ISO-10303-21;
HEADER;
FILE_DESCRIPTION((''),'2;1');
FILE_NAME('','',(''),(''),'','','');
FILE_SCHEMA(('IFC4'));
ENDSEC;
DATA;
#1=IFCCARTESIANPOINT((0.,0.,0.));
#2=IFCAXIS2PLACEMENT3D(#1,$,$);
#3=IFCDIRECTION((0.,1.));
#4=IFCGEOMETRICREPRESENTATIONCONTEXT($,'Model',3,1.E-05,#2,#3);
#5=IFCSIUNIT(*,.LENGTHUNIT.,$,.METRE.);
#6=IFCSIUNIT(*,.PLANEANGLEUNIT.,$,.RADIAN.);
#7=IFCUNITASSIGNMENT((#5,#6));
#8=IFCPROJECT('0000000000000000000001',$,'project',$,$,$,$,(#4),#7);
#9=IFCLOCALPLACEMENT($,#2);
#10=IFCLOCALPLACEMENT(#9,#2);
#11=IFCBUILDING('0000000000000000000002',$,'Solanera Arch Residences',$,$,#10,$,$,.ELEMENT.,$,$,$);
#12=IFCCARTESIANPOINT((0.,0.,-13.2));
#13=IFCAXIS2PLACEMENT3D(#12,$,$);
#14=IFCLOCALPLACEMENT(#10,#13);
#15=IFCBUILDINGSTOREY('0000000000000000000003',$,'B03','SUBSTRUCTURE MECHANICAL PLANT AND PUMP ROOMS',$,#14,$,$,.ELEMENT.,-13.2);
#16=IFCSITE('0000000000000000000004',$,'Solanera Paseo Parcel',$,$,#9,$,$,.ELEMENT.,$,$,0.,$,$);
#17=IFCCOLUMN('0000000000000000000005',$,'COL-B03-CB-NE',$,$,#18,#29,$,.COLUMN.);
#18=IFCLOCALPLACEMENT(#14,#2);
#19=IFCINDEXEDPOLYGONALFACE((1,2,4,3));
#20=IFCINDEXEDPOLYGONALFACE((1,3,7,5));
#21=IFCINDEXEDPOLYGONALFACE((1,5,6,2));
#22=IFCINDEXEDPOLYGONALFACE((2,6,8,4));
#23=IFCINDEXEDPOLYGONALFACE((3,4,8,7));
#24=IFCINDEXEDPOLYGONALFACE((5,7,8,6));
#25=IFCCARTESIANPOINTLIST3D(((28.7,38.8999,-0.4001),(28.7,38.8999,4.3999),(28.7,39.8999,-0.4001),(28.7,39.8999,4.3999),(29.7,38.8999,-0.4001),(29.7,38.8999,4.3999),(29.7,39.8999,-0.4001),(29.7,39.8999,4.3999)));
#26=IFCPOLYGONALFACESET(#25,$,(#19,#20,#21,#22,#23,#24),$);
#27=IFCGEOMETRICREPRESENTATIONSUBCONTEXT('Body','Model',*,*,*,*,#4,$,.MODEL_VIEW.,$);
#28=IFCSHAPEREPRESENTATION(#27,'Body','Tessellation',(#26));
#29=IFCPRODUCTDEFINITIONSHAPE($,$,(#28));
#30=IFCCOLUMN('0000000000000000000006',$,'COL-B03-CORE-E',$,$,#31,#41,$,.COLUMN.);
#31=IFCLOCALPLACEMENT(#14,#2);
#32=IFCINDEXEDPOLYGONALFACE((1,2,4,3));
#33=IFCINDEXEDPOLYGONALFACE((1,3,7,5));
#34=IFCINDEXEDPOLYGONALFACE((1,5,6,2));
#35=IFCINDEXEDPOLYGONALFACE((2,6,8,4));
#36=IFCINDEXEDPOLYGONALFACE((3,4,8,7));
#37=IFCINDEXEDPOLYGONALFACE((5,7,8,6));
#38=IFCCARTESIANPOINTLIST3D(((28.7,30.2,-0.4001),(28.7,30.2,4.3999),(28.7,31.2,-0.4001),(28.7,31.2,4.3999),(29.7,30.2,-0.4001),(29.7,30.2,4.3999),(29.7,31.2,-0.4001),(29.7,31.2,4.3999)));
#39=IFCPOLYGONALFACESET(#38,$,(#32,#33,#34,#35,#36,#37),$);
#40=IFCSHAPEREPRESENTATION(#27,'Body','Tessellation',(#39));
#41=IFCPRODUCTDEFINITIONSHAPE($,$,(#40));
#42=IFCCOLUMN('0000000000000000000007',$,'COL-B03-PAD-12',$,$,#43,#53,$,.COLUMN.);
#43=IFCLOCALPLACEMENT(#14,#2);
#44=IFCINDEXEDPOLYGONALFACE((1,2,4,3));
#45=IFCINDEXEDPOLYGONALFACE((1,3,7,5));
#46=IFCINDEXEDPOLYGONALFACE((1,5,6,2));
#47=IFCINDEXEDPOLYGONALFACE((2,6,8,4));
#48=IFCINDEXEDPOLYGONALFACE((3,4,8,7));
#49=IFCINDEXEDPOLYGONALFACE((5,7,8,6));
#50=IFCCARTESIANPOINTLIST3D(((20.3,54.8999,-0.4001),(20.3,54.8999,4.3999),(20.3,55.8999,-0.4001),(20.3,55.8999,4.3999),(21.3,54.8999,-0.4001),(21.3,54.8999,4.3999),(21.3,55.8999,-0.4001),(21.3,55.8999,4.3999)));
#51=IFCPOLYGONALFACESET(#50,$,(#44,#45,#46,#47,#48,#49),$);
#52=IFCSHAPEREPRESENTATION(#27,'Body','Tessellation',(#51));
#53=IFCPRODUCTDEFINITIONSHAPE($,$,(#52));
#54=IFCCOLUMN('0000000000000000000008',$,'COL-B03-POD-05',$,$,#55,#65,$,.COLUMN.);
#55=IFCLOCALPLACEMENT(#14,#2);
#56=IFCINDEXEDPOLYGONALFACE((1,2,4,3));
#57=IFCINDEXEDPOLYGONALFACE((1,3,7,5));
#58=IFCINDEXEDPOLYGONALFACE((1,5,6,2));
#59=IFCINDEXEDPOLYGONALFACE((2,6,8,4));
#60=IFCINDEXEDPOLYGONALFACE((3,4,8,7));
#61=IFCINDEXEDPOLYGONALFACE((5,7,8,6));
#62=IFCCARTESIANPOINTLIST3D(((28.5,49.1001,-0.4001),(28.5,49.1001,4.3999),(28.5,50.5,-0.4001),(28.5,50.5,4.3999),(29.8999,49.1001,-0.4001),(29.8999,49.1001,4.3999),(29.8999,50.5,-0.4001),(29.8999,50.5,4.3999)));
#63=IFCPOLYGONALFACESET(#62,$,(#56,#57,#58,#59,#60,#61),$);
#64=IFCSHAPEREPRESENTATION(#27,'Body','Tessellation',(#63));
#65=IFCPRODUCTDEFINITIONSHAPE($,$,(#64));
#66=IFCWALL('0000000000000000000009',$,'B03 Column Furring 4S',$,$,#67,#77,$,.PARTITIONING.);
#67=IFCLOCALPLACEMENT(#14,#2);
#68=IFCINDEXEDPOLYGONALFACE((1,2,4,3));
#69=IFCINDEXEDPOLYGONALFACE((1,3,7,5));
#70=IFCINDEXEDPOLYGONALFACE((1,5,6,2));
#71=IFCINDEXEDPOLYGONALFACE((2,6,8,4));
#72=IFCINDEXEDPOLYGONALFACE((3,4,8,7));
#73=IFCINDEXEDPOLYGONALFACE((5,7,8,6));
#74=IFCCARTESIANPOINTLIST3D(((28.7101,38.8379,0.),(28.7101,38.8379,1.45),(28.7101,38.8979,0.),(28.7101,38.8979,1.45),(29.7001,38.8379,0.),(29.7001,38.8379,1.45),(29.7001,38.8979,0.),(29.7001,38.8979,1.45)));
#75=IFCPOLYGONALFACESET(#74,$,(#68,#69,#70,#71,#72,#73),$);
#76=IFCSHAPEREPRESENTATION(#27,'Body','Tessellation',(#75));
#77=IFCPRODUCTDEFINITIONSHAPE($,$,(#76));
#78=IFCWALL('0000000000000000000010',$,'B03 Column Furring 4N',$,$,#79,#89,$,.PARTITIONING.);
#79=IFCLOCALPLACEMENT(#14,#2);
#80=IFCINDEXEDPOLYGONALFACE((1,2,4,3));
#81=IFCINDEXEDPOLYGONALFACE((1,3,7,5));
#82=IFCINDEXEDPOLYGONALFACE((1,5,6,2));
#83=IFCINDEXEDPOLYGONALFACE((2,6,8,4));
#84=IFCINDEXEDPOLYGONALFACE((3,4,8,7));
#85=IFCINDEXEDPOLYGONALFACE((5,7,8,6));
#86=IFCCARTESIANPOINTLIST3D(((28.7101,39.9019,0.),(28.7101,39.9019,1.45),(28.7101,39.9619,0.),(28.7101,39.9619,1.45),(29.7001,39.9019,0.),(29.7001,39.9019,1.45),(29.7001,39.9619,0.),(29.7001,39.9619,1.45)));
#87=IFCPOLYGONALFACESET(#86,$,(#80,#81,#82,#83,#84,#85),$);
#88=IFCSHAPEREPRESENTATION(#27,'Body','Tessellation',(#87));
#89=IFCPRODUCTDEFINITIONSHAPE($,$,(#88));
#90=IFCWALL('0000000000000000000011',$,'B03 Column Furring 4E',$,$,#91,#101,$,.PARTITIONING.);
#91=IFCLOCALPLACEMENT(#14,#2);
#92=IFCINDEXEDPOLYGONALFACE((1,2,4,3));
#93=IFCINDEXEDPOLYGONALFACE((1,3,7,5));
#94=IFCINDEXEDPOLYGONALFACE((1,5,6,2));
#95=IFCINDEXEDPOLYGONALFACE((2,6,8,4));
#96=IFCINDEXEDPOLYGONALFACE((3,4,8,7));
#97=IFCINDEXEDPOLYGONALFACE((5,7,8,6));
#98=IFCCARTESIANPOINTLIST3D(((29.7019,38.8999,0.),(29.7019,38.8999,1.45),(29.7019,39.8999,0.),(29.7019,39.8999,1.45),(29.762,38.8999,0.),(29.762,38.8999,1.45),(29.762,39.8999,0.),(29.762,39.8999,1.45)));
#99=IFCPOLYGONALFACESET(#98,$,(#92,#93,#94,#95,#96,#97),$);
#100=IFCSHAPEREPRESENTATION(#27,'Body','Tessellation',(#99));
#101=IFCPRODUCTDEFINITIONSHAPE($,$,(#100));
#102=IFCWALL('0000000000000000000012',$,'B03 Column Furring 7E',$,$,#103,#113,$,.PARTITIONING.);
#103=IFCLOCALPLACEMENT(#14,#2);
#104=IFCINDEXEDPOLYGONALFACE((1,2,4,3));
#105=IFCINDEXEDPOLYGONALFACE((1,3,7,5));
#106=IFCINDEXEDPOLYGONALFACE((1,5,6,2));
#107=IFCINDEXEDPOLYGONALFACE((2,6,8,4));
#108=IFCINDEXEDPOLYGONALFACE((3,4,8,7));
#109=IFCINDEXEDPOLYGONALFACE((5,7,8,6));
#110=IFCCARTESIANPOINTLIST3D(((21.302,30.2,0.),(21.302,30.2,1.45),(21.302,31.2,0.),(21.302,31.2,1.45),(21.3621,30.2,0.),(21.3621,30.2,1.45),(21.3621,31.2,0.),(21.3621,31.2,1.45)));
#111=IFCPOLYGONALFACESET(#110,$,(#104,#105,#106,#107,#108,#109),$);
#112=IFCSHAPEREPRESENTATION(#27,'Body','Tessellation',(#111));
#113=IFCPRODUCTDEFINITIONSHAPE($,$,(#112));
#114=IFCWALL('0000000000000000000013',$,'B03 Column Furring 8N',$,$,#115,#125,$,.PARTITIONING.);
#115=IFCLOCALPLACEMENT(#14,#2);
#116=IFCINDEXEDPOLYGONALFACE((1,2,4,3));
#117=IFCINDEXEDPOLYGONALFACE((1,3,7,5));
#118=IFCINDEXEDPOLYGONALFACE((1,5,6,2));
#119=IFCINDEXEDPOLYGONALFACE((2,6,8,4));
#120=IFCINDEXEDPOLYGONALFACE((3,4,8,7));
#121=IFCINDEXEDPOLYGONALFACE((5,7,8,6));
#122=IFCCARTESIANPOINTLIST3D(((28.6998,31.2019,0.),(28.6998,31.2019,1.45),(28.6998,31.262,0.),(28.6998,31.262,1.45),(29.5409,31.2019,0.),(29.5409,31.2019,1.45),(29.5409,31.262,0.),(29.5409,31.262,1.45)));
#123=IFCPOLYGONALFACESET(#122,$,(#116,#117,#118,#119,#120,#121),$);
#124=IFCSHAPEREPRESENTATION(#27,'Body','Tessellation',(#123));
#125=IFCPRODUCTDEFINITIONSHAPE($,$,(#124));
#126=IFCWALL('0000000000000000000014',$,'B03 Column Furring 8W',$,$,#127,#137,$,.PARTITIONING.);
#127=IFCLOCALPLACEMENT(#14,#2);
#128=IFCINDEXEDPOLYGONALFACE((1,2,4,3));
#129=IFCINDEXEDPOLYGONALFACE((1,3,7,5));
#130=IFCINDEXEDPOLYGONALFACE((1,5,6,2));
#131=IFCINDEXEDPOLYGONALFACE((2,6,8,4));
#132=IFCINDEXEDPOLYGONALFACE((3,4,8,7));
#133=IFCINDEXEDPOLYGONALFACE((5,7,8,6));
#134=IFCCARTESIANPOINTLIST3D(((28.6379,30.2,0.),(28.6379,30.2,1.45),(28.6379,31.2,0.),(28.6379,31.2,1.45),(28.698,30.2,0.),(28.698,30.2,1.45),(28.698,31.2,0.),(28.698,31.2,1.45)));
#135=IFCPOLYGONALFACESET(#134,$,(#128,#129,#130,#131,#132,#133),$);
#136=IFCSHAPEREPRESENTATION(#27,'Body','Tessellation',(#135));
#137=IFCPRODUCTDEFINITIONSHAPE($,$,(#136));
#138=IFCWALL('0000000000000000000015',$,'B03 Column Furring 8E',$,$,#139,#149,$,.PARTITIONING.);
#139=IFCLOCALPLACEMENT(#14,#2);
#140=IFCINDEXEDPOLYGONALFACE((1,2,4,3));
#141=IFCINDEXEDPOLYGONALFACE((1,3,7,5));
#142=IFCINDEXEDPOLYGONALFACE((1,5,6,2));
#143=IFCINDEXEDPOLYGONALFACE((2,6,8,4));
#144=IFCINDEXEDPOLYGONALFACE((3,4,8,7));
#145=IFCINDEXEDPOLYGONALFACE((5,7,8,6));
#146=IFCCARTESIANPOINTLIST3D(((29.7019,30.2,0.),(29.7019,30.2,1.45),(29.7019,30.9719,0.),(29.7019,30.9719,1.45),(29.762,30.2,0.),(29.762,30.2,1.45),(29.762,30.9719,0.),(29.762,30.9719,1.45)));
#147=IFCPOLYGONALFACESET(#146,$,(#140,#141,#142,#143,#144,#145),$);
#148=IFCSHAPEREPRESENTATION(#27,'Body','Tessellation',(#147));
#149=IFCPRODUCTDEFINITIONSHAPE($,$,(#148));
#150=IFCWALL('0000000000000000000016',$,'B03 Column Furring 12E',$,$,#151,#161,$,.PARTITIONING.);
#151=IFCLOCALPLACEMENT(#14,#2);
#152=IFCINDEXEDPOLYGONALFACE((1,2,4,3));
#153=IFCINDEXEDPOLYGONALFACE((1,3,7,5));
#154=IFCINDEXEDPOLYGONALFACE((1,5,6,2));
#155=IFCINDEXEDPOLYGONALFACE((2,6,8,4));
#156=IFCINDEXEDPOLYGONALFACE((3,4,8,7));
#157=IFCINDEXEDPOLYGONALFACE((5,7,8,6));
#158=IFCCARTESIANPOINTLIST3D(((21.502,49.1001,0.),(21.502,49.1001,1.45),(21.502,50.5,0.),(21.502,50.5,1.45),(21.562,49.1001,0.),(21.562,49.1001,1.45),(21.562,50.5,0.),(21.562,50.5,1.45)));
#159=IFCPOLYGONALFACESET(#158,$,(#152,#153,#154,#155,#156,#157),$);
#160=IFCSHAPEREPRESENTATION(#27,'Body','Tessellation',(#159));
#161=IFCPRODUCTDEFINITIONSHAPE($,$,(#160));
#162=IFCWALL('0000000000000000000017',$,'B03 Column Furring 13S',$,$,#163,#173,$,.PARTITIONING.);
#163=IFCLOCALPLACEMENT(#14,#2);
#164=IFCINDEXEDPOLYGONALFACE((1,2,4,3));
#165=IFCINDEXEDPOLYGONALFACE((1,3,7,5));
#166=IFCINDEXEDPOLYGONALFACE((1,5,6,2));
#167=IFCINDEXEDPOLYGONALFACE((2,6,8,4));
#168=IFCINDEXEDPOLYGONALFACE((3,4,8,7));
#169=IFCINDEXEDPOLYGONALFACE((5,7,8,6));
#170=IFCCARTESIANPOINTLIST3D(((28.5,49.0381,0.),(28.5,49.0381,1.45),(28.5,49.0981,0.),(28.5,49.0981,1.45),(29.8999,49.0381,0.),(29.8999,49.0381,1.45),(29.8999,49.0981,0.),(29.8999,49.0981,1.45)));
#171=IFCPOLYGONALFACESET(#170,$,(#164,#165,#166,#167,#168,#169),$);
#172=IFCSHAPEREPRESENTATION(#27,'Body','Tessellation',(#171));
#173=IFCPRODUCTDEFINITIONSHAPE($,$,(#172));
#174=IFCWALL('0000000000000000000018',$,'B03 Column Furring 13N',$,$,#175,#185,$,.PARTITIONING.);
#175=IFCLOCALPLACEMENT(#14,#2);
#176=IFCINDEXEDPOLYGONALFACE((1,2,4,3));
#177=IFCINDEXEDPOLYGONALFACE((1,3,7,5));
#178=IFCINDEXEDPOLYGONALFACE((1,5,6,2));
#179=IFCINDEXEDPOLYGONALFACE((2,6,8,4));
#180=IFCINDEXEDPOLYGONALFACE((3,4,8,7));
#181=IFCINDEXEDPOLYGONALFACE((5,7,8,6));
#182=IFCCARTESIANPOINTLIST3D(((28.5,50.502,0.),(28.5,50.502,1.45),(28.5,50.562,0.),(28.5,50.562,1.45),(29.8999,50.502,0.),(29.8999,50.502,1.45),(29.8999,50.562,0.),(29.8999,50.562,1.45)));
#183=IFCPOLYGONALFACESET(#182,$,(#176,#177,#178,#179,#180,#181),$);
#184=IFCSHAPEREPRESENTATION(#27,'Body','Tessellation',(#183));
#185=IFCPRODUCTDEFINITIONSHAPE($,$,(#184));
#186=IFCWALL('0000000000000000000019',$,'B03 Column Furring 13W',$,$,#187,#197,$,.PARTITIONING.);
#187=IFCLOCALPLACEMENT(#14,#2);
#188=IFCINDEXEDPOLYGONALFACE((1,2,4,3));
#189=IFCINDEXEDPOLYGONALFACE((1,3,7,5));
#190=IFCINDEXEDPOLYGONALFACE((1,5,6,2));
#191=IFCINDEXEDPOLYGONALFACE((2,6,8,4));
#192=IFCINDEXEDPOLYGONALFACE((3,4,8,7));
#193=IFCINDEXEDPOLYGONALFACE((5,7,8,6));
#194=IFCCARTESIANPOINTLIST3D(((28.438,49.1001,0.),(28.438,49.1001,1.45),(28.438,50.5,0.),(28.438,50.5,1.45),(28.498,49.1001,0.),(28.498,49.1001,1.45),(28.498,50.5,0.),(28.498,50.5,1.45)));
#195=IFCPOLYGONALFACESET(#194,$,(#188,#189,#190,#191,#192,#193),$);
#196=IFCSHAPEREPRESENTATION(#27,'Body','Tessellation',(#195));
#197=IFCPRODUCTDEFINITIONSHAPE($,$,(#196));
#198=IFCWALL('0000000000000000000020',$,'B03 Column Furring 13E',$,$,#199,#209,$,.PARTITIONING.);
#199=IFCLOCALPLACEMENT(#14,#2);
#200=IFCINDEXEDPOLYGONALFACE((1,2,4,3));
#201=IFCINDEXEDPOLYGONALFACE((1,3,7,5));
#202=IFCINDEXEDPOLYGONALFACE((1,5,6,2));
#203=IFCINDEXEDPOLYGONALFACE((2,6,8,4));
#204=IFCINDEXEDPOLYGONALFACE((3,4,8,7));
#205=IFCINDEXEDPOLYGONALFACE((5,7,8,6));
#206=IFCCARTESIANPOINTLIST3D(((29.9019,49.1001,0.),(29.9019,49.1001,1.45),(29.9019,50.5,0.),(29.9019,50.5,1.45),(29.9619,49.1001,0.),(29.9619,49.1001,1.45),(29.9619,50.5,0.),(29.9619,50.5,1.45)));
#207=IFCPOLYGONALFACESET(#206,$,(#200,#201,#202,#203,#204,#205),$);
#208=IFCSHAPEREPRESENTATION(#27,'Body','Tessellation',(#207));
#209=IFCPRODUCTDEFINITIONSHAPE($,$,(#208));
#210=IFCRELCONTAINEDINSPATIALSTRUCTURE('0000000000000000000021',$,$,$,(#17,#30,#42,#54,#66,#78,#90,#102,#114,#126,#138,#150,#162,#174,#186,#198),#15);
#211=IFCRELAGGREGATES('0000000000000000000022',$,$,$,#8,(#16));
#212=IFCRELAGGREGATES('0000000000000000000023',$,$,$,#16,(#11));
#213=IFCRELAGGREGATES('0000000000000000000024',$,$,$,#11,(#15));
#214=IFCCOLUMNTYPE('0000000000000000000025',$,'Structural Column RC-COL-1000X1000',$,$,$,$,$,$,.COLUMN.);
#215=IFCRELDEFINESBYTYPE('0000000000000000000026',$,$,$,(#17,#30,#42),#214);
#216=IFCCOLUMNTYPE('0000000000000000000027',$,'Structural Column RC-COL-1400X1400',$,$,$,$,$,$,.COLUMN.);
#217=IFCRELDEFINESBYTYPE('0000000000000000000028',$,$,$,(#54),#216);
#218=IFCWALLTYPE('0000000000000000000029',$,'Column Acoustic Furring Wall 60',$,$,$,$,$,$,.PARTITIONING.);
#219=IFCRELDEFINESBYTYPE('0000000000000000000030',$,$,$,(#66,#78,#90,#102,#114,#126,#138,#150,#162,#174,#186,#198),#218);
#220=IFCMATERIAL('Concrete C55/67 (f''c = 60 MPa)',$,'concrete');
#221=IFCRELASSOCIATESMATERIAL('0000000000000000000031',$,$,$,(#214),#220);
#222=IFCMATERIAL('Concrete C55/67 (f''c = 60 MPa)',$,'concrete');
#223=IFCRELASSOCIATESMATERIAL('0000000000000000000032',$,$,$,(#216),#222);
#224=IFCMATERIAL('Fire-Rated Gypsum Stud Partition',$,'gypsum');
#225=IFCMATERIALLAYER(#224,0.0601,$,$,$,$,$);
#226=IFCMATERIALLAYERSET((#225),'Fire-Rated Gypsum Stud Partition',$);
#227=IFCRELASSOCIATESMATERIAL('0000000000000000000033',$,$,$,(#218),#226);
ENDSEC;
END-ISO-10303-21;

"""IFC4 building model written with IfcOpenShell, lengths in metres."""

from ifc_helpers import new_model, si_unit, direction, frame, frame_2d, origin, origin_2d, place, context, subcontext, project, spatial, rectangle, extrude, material, layer, layer_set, material_profile, profile_set, type_object, element, save


model = new_model("IFC4")

# Units and contexts
model_context = context("Model", 3, precision=1e-05, world=origin(), true_north=direction((0.0, 1.0)))
body_context = subcontext(model_context, "Body", "Model", "MODEL_VIEW")
ifc_project = project(units=[si_unit("LENGTHUNIT", "METRE"), si_unit("PLANEANGLEUNIT", "RADIAN")], contexts=[model_context])

# Site, building, storey
site_placement = place(None, origin())
site = spatial("IfcSite", under=ifc_project, at=site_placement, Name="Solanera Paseo Parcel", CompositionType="ELEMENT", RefElevation=0.0)
building_placement = place(site_placement, origin())
building = spatial("IfcBuilding", under=site, at=building_placement, Name="Solanera Arch Residences", CompositionType="ELEMENT")
storey_placement = place(building_placement, frame((0.0, 0.0, -13.2)))
storey = spatial("IfcBuildingStorey", under=building, at=storey_placement, Name="B03", Description="SUBSTRUCTURE MECHANICAL PLANT AND PUMP ROOMS", CompositionType="ELEMENT", Elevation=-13.2)

# Columns
ifc_material_1 = material(Name="Concrete C55/67 (f'c = 60 MPa)", Category="concrete")
ifc_material_profile_1 = material_profile(ifc_material_1, rectangle(XDim=1.0, YDim=1.0, at=origin_2d()))
ifc_profile_set_1 = profile_set([ifc_material_profile_1], Name="Concrete C55/67 (f'c = 60 MPa)")
column_type_1 = type_object("IfcColumnType", Name="Structural Column RC-COL-1000X1000", PredefinedType="COLUMN", material=ifc_profile_set_1)
for number, where, z_axis, x_axis, name in (
    (1, (29.2, 39.3999, -0.4001), (0.0, 0.0, 1.0), (1.0, 0.0, 0.0), "COL-B03-CB-NE"),
    (2, (29.2, 30.7, -0.4001), (0.0, 0.0, 1.0), (1.0, 0.0, 0.0), "COL-B03-CORE-E"),
    (3, (20.8, 55.3999, -0.4001), (0.0, 0.0, 1.0), (1.0, 0.0, 0.0), "COL-B03-PAD-12"),
):
    element("IfcColumn", number, at=place(storey_placement, frame(where, z_axis=z_axis, x_axis=x_axis)), inside=storey, type_object=column_type_1, Name=name, PredefinedType="COLUMN", context=body_context, shape_type="SweptSolid", body=[
        extrude(rectangle(XDim=1.0, YDim=1.0, at=origin_2d()), origin(), (0.0, 0.0, 1.0), 4.8),
    ])
ifc_material_2 = material(Name="Concrete C55/67 (f'c = 60 MPa)", Category="concrete")
ifc_material_profile_2 = material_profile(ifc_material_2, rectangle(XDim=1.3999, YDim=1.3999, at=origin_2d()))
ifc_profile_set_2 = profile_set([ifc_material_profile_2], Name="Concrete C55/67 (f'c = 60 MPa)")
column_type_2 = type_object("IfcColumnType", Name="Structural Column RC-COL-1400X1400", PredefinedType="COLUMN", material=ifc_profile_set_2)
column_placement = place(storey_placement, frame((29.2, 49.8, -0.4001), z_axis=(0.0, 0.0, 1.0), x_axis=(1.0, 0.0, 0.0)))
element("IfcColumn", 4, at=column_placement, inside=storey, type_object=column_type_2, Name="COL-B03-POD-05", PredefinedType="COLUMN", context=body_context, shape_type="SweptSolid", body=[
    extrude(rectangle(XDim=1.3999, YDim=1.3999, at=origin_2d()), origin(), (0.0, 0.0, 1.0), 4.8),
])

# Walls
ifc_material_3 = material(Name="Fire-Rated Gypsum Stud Partition", Category="gypsum")
ifc_layer_1 = layer(ifc_material_3, 0.0601)
ifc_layer_set_1 = layer_set([ifc_layer_1], Name="Fire-Rated Gypsum Stud Partition")
wall_type_1 = type_object("IfcWallType", Name="Column Acoustic Furring Wall 60", PredefinedType="PARTITIONING", material=ifc_layer_set_1)
for number, where, z_axis, x_axis, name in (
    (5, (28.71, 38.8679, 0.0), (0.0, 0.0, 1.0), (1.0, 0.0, 0.0), "B03 Column Furring 4S"),
    (6, (28.71, 39.9319, 0.0), (0.0, 0.0, 1.0), (1.0, 0.0, 0.0), "B03 Column Furring 4N"),
):
    element("IfcWall", number, at=place(storey_placement, frame(where, z_axis=z_axis, x_axis=x_axis)), inside=storey, type_object=wall_type_1, Name=name, PredefinedType="PARTITIONING", context=body_context, shape_type="SweptSolid", body=[
        extrude(rectangle(XDim=0.99, YDim=0.0601, at=frame_2d((0.4951, 0.0))), origin(), (0.0, 0.0, 1.0), 1.45),
    ])
for number, where, z_axis, x_axis, name in (
    (7, (29.7319, 38.8999, 0.0), (0.0, 0.0, 1.0), (0.0, 1.0, 0.0), "B03 Column Furring 4E"),
    (8, (21.332, 30.2, 0.0), (0.0, 0.0, 1.0), (0.0, 1.0, 0.0), "B03 Column Furring 7E"),
):
    element("IfcWall", number, at=place(storey_placement, frame(where, z_axis=z_axis, x_axis=x_axis)), inside=storey, type_object=wall_type_1, Name=name, PredefinedType="PARTITIONING", context=body_context, shape_type="SweptSolid", body=[
        extrude(rectangle(XDim=1.0, YDim=0.0601, at=frame_2d((0.5, 0.0))), origin(), (0.0, 0.0, 1.0), 1.45),
    ])
wall_1_placement = place(storey_placement, frame((28.7, 31.2319, 0.0), z_axis=(0.0, 0.0, 1.0), x_axis=(1.0, 0.0, 0.0)))
element("IfcWall", 9, at=wall_1_placement, inside=storey, type_object=wall_type_1, Name="B03 Column Furring 8N", PredefinedType="PARTITIONING", context=body_context, shape_type="SweptSolid", body=[
    extrude(rectangle(XDim=0.8411, YDim=0.0601, at=frame_2d((0.4204, 0.0))), origin(), (0.0, 0.0, 1.0), 1.45),
])
wall_2_placement = place(storey_placement, frame((28.668, 30.2, 0.0), z_axis=(0.0, 0.0, 1.0), x_axis=(0.0, 1.0, 0.0)))
element("IfcWall", 10, at=wall_2_placement, inside=storey, type_object=wall_type_1, Name="B03 Column Furring 8W", PredefinedType="PARTITIONING", context=body_context, shape_type="SweptSolid", body=[
    extrude(rectangle(XDim=1.0, YDim=0.0601, at=frame_2d((0.5, 0.0))), origin(), (0.0, 0.0, 1.0), 1.45),
])
wall_3_placement = place(storey_placement, frame((29.7319, 30.2, 0.0), z_axis=(0.0, 0.0, 1.0), x_axis=(0.0, 1.0, 0.0)))
element("IfcWall", 11, at=wall_3_placement, inside=storey, type_object=wall_type_1, Name="B03 Column Furring 8E", PredefinedType="PARTITIONING", context=body_context, shape_type="SweptSolid", body=[
    extrude(rectangle(XDim=0.772, YDim=0.0601, at=frame_2d((0.386, 0.0))), origin(), (0.0, 0.0, 1.0), 1.45),
])
for number, where, z_axis, x_axis, name in (
    (12, (21.532, 49.1001, 0.0), (0.0, 0.0, 1.0), (0.0, 1.0, 0.0), "B03 Column Furring 12E"),
    (13, (28.5, 49.0681, 0.0), (0.0, 0.0, 1.0), (1.0, 0.0, 0.0), "B03 Column Furring 13S"),
    (14, (28.5, 50.532, 0.0), (0.0, 0.0, 1.0), (1.0, 0.0, 0.0), "B03 Column Furring 13N"),
    (15, (28.468, 49.1001, 0.0), (0.0, 0.0, 1.0), (0.0, 1.0, 0.0), "B03 Column Furring 13W"),
    (16, (29.9319, 49.1001, 0.0), (0.0, 0.0, 1.0), (0.0, 1.0, 0.0), "B03 Column Furring 13E"),
):
    element("IfcWall", number, at=place(storey_placement, frame(where, z_axis=z_axis, x_axis=x_axis)), inside=storey, type_object=wall_type_1, Name=name, PredefinedType="PARTITIONING", context=body_context, shape_type="SweptSolid", body=[
        extrude(rectangle(XDim=1.3999, YDim=0.0601, at=frame_2d((0.7, 0.0))), origin(), (0.0, 0.0, 1.0), 1.45),
    ])

save(model, "model.ifc")
